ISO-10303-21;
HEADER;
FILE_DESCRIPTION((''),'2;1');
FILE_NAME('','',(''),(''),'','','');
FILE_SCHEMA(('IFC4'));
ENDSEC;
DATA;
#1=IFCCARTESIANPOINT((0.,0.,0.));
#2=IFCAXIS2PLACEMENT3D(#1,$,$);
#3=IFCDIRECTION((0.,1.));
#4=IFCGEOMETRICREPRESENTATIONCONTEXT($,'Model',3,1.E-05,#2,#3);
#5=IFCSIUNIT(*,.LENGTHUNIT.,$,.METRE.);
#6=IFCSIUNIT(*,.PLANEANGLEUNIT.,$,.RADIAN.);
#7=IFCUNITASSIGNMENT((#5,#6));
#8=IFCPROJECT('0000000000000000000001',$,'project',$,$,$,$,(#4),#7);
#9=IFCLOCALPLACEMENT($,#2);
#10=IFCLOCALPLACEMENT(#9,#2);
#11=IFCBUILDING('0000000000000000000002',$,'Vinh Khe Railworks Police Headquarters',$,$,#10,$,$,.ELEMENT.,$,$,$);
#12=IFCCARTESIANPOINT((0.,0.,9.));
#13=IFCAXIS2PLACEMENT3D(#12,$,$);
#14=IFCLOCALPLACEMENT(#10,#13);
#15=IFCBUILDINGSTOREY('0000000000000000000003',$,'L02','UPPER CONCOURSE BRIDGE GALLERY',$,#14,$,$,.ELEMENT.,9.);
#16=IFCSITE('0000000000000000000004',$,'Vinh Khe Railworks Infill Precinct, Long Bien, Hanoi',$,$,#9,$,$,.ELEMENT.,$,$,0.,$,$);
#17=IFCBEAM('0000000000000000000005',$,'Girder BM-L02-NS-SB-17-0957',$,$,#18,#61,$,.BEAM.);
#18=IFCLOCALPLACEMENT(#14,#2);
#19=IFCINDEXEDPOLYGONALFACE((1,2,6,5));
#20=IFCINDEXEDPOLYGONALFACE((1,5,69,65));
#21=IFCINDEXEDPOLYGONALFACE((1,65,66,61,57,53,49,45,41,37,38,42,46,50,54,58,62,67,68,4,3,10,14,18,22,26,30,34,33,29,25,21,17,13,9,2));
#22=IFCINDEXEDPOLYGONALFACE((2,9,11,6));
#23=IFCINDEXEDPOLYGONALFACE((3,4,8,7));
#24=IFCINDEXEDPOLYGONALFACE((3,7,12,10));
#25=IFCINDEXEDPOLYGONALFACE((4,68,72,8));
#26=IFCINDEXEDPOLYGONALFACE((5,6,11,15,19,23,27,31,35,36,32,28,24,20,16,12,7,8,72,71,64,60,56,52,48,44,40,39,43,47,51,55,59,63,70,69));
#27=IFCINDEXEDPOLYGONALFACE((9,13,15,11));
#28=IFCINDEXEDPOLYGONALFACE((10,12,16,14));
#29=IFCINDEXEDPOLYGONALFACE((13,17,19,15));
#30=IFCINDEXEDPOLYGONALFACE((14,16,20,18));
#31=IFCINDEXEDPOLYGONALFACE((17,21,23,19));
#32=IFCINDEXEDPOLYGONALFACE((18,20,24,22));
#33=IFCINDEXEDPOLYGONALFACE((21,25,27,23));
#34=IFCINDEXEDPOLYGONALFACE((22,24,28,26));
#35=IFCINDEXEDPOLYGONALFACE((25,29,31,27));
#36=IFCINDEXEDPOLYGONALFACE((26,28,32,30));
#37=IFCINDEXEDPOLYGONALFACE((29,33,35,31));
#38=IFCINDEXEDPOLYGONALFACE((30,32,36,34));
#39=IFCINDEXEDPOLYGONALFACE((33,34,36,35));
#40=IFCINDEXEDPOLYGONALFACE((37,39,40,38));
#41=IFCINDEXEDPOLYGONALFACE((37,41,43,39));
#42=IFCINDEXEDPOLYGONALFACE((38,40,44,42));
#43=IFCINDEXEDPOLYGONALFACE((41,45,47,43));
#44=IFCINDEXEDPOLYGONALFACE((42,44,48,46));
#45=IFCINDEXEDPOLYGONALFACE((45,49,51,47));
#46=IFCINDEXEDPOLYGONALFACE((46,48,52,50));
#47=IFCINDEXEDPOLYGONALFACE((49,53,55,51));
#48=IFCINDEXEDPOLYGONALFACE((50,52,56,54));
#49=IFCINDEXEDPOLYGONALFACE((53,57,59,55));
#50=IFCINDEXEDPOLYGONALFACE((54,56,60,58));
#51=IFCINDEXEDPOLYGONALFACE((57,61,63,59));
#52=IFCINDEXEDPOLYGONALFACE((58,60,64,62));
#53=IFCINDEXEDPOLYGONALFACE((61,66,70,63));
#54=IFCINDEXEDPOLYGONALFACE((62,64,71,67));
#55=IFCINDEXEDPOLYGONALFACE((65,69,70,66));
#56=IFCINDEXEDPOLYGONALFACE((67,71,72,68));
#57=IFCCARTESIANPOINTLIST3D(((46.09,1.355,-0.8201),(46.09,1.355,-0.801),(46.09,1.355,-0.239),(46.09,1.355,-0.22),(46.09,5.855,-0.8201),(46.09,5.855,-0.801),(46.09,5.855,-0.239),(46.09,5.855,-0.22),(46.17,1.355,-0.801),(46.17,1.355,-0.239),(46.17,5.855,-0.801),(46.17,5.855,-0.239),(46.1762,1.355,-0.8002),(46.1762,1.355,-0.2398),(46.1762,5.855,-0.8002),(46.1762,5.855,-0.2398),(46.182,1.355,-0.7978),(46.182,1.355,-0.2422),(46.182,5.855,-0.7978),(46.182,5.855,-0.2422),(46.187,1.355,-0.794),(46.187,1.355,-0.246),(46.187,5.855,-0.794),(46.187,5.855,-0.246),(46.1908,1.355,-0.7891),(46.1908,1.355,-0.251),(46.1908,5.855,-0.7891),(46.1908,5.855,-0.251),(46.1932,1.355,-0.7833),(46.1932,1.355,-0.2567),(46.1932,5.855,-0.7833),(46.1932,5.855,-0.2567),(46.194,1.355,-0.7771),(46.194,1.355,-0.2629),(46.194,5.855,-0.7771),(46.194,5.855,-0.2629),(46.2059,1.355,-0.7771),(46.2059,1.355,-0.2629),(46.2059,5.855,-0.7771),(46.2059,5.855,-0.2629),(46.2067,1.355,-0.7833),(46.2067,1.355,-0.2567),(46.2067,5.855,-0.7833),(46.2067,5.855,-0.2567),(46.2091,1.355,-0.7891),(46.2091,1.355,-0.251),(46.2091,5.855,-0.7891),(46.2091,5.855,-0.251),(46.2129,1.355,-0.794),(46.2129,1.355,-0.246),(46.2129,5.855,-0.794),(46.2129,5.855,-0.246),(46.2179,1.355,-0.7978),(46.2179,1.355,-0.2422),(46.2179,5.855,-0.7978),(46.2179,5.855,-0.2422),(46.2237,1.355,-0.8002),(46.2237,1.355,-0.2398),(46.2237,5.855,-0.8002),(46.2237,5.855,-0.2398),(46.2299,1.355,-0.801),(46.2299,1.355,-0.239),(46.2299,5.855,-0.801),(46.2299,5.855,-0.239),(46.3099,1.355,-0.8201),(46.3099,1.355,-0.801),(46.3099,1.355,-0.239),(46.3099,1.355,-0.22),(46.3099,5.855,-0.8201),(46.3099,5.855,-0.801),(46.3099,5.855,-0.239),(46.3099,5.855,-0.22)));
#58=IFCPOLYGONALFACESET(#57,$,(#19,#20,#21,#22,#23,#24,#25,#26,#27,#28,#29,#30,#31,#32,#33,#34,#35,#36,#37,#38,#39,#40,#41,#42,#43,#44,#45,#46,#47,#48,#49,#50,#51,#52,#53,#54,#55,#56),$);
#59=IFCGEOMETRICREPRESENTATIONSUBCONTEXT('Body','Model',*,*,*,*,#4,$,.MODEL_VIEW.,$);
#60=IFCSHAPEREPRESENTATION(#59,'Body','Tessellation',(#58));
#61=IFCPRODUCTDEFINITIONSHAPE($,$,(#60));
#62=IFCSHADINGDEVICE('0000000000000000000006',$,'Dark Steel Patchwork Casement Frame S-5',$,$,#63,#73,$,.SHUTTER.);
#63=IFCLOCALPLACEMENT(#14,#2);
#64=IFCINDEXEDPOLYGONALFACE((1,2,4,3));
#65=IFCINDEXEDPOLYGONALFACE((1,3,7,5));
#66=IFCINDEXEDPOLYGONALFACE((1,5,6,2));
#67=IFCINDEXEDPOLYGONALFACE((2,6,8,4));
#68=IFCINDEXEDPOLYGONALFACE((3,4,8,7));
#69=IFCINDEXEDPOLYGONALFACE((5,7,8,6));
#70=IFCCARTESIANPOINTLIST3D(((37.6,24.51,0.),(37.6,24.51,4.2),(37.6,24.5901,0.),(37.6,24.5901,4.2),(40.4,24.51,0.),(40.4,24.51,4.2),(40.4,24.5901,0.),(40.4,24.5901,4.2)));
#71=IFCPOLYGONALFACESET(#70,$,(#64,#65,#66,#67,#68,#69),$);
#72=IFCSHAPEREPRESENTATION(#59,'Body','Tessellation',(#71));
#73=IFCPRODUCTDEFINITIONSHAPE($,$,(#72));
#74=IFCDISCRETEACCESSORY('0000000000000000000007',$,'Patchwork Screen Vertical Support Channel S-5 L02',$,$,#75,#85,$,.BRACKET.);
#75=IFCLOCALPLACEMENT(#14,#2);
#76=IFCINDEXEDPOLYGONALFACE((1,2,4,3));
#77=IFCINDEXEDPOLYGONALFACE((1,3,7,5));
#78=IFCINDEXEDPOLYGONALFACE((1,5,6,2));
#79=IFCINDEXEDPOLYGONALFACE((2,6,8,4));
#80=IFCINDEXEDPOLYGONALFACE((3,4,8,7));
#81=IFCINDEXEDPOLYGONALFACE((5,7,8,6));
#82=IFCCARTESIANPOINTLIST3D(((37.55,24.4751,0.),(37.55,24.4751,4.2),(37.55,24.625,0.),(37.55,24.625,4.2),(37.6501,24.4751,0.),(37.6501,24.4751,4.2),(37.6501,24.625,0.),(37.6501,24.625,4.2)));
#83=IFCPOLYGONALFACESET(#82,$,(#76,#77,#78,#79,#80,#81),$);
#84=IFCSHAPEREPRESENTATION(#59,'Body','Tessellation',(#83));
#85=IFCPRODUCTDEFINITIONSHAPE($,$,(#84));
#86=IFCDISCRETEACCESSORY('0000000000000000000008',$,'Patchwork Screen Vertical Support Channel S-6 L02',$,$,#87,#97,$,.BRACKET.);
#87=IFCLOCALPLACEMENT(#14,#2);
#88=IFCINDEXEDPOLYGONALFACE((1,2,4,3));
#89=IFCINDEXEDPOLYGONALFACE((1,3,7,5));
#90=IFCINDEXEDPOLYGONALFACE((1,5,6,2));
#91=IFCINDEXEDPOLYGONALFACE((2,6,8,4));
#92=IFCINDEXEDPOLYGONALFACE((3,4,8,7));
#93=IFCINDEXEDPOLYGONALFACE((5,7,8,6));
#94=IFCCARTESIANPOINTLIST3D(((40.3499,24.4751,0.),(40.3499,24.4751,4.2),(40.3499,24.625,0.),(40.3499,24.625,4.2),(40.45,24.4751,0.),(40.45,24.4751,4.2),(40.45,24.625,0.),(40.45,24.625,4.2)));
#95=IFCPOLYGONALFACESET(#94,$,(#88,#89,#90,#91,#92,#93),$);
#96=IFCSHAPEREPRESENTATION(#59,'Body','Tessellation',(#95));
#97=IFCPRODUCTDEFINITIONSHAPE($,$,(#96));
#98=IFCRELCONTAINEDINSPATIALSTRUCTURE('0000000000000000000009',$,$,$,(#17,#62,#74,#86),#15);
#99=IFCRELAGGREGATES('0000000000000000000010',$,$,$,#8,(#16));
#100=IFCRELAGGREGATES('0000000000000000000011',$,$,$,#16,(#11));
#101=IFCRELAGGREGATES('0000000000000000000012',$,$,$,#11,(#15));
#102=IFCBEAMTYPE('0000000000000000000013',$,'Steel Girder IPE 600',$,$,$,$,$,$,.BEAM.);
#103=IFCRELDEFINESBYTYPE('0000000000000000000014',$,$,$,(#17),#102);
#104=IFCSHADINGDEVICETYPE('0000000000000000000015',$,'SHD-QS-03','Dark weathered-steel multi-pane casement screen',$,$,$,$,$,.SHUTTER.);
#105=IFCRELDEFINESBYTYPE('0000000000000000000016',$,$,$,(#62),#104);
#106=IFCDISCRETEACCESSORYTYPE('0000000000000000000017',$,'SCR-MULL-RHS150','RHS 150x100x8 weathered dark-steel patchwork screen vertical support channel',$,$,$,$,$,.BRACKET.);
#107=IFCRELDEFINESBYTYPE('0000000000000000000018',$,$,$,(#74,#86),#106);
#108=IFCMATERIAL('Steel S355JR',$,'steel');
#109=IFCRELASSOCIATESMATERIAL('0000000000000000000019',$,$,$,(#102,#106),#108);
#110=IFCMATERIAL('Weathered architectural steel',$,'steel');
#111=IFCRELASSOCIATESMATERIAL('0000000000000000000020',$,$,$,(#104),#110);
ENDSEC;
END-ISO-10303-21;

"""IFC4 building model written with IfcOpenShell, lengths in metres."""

from ifc_helpers import new_model, si_unit, direction, frame, origin, origin_2d, place, context, subcontext, project, spatial, rectangle, i_section, extrude, material, material_profile, profile_set, type_object, element, save


model = new_model("IFC4")

# Units and contexts
model_context = context("Model", 3, precision=1e-05, world=origin(), true_north=direction((0.0, 1.0)))
body_context = subcontext(model_context, "Body", "Model", "MODEL_VIEW")
ifc_project = project(units=[si_unit("LENGTHUNIT", "METRE"), si_unit("PLANEANGLEUNIT", "RADIAN")], contexts=[model_context])

# Site, building, storey
site_placement = place(None, origin())
site = spatial("IfcSite", under=ifc_project, at=site_placement, Name="Vinh Khe Railworks Infill Precinct, Long Bien, Hanoi", CompositionType="ELEMENT", RefElevation=0.0)
building_placement = place(site_placement, origin())
building = spatial("IfcBuilding", under=site, at=building_placement, Name="Vinh Khe Railworks Police Headquarters", CompositionType="ELEMENT")
storey_placement = place(building_placement, frame((0.0, 0.0, 9.0)))
storey = spatial("IfcBuildingStorey", under=building, at=storey_placement, Name="L02", Description="UPPER CONCOURSE BRIDGE GALLERY", CompositionType="ELEMENT", Elevation=9.0)

# Shared definitions
ifc_material_1 = material(Name="Steel S355JR", Category="steel")

# Beam
ifc_material_profile_1 = material_profile(ifc_material_1, i_section(OverallWidth=0.22, OverallDepth=0.6001, WebThickness=0.012, FlangeThickness=0.019, FilletRadius=0.0239, at=origin_2d()), Name="IPE 600")
ifc_profile_set_1 = profile_set([ifc_material_profile_1], Name="Steel S355JR")
beam_type_1 = type_object("IfcBeamType", Name="Steel Girder IPE 600", PredefinedType="BEAM", material=ifc_profile_set_1)
beam_1_placement = place(storey_placement, frame((46.2, 1.355, -0.52), z_axis=(0.0, 1.0, 0.0), x_axis=(-1.0, 0.0, 0.0)))
element("IfcBeam", 1, at=beam_1_placement, inside=storey, type_object=beam_type_1, Name="Girder BM-L02-NS-SB-17-0957", PredefinedType="BEAM", context=body_context, shape_type="SweptSolid", body=[
    extrude(i_section(OverallWidth=0.22, OverallDepth=0.6001, WebThickness=0.012, FlangeThickness=0.019, FilletRadius=0.0239, at=origin_2d()), origin(), (0.0, 0.0, 1.0), 4.5),
])

# Shading device
ifc_material_2 = material(Name="Weathered architectural steel", Category="steel")
shading_device_type = type_object("IfcShadingDeviceType", Name="SHD-QS-03", Description="Dark weathered-steel multi-pane casement screen", PredefinedType="SHUTTER", material=ifc_material_2)
shading_device_placement = place(storey_placement, frame((39.0, 24.55, 0.0), z_axis=(0.0, 0.0, 1.0), x_axis=(1.0, 0.0, 0.0)))
element("IfcShadingDevice", 2, at=shading_device_placement, inside=storey, type_object=shading_device_type, Name="Dark Steel Patchwork Casement Frame S-5", PredefinedType="SHUTTER", context=body_context, shape_type="SweptSolid", body=[
    extrude(rectangle(XDim=2.8, YDim=0.0801, at=origin_2d()), origin(), (0.0, 0.0, 1.0), 4.2),
])

# Discrete accessories
discrete_accessory_type = type_object("IfcDiscreteAccessoryType", Name="SCR-MULL-RHS150", Description="RHS 150x100x8 weathered dark-steel patchwork screen vertical support channel", PredefinedType="BRACKET", material=ifc_material_1)
for number, where, z_axis, x_axis, name in (
    (3, (37.6001, 24.55, 0.0), (0.0, 0.0, 1.0), (1.0, 0.0, 0.0), "Patchwork Screen Vertical Support Channel S-5 L02"),
    (4, (40.3999, 24.55, 0.0), (0.0, 0.0, 1.0), (1.0, 0.0, 0.0), "Patchwork Screen Vertical Support Channel S-6 L02"),
):
    element("IfcDiscreteAccessory", number, at=place(storey_placement, frame(where, z_axis=z_axis, x_axis=x_axis)), inside=storey, type_object=discrete_accessory_type, Name=name, PredefinedType="BRACKET", context=body_context, shape_type="SweptSolid", body=[
        extrude(rectangle(XDim=0.1001, YDim=0.1499, at=origin_2d()), origin(), (0.0, 0.0, 1.0), 4.2),
    ])

save(model, "model.ifc")
